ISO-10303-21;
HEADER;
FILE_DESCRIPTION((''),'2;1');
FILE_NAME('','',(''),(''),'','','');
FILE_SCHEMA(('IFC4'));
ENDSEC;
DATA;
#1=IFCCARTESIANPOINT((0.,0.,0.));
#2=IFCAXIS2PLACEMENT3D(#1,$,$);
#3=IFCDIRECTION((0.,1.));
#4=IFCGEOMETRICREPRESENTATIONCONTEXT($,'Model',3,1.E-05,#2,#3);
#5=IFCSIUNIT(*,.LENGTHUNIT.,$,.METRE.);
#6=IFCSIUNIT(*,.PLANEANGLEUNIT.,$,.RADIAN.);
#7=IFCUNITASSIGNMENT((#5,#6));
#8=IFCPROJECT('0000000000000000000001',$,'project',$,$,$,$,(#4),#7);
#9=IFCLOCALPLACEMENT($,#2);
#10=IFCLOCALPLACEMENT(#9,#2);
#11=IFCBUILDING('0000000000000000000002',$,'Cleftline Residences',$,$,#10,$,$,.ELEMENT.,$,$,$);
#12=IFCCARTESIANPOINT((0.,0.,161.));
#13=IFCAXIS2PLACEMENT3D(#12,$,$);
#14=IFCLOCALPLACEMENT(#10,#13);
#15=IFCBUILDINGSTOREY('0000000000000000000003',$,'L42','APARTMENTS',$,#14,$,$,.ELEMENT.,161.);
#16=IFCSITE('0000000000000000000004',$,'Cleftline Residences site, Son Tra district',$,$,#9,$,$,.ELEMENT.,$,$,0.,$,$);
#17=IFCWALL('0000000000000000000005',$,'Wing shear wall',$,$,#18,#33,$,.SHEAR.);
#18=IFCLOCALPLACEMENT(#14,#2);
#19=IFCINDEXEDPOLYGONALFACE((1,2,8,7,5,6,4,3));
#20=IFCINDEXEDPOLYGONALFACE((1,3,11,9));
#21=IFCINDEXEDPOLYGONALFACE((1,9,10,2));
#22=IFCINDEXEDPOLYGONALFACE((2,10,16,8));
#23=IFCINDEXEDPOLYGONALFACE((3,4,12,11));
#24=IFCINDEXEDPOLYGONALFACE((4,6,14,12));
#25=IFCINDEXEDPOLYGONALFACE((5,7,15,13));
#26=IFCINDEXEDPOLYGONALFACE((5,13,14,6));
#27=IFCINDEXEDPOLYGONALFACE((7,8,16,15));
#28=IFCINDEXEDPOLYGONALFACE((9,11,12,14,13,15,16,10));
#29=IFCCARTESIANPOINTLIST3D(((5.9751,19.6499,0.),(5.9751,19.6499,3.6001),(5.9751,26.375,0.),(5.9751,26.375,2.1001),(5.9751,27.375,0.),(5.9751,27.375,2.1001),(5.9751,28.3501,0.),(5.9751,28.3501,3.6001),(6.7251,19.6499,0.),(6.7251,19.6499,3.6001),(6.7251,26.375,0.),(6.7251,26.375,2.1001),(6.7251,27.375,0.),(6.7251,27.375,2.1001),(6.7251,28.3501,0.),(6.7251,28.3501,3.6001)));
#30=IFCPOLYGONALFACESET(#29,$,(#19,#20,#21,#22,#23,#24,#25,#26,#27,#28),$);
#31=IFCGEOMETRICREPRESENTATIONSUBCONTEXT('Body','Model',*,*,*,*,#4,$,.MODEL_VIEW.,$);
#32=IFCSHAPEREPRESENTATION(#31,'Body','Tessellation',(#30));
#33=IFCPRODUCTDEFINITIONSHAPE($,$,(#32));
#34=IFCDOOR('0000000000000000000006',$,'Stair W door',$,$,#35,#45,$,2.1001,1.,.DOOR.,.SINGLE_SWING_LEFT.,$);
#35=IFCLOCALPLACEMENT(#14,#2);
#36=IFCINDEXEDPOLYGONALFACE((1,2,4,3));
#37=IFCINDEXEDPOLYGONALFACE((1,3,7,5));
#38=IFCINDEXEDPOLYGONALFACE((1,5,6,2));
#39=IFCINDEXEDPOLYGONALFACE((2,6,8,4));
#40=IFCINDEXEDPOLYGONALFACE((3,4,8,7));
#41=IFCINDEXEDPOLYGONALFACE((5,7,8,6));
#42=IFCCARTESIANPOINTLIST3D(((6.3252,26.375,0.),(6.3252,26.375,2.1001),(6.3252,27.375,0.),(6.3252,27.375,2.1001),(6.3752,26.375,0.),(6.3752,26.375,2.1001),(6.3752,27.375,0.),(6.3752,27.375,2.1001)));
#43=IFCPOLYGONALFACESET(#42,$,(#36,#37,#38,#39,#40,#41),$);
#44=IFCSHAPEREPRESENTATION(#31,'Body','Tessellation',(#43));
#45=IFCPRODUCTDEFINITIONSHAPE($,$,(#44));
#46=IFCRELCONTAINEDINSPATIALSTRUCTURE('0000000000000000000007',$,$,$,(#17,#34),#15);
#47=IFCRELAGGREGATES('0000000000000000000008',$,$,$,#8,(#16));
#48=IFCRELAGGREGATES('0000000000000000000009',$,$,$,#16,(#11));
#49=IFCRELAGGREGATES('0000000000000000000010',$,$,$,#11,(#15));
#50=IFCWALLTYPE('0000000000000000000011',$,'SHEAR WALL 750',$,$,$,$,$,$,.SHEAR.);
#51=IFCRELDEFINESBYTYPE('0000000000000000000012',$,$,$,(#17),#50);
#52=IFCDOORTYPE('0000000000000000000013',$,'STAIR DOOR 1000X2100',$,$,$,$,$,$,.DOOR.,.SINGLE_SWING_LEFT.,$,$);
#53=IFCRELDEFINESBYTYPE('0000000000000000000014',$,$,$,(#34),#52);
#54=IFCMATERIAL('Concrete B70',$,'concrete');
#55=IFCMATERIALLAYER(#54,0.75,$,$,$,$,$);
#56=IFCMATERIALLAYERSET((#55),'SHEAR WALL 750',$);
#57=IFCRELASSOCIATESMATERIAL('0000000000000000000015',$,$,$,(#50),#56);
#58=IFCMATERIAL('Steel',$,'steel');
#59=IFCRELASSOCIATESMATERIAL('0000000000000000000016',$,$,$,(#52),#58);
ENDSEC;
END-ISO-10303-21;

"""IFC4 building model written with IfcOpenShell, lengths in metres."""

from ifc_helpers import new_model, si_unit, direction, frame, frame_2d, origin, place, context, subcontext, project, spatial, rectangle, extrude, material, layer, layer_set, type_object, element, fill, save


model = new_model("IFC4")

# Units and contexts
model_context = context("Model", 3, precision=1e-05, world=origin(), true_north=direction((0.0, 1.0)))
body_context = subcontext(model_context, "Body", "Model", "MODEL_VIEW")
ifc_project = project(units=[si_unit("LENGTHUNIT", "METRE"), si_unit("PLANEANGLEUNIT", "RADIAN")], contexts=[model_context])

# Site, building, storey
site_placement = place(None, origin())
site = spatial("IfcSite", under=ifc_project, at=site_placement, Name="Cleftline Residences site, Son Tra district", CompositionType="ELEMENT", RefElevation=0.0)
building_placement = place(site_placement, origin())
building = spatial("IfcBuilding", under=site, at=building_placement, Name="Cleftline Residences", CompositionType="ELEMENT")
storey_placement = place(building_placement, frame((0.0, 0.0, 161.0)))
storey = spatial("IfcBuildingStorey", under=building, at=storey_placement, Name="L42", Description="APARTMENTS", CompositionType="ELEMENT", Elevation=161.0)

# Shared definitions
ifc_material_1 = material(Name="Concrete B70", Category="concrete")
ifc_layer_1 = layer(ifc_material_1, 0.75)
ifc_layer_set_1 = layer_set([ifc_layer_1], Name="SHEAR WALL 750")
wall_type_1 = type_object("IfcWallType", Name="SHEAR WALL 750", PredefinedType="SHEAR", material=ifc_layer_set_1)

# Wall, opening, door
wall_1_placement = place(storey_placement, frame((6.3501, 19.6499, 0.0), z_axis=(0.0, 0.0, 1.0), x_axis=(0.0, 1.0, 0.0)))
wall_1 = element("IfcWall", 1, at=wall_1_placement, inside=storey, type_object=wall_type_1, Name="Wing shear wall", PredefinedType="SHEAR", context=body_context, shape_type="SweptSolid", body=[
    extrude(rectangle(XDim=8.7002, YDim=0.75, at=frame_2d((4.3501, 0.0))), origin(), (0.0, 0.0, 1.0), 3.6001),
])
opening_1_placement = place(wall_1_placement, frame((6.7251, 0.0, 0.0)))
opening_1 = element("IfcOpeningElement", 2, at=opening_1_placement, cuts=wall_1, PredefinedType="OPENING", context=body_context, shape_type="SweptSolid", body=[
    extrude(rectangle(XDim=1.0, YDim=2.1001, at=frame_2d((0.5, 1.05))), frame((0.0, 0.385, 0.0), z_axis=(0.0, -1.0, 0.0), x_axis=(1.0, 0.0, 0.0)), (0.0, 0.0, 1.0), 0.77),
])
ifc_material_2 = material(Name="Steel", Category="steel")
door_type_1 = type_object("IfcDoorType", Name="STAIR DOOR 1000X2100", OperationType="SINGLE_SWING_LEFT", PredefinedType="DOOR", material=ifc_material_2)
door_1_placement = place(opening_1_placement, origin())
door_1 = element("IfcDoor", 3, at=door_1_placement, inside=storey, type_object=door_type_1, Name="Stair W door", OperationType="SINGLE_SWING_LEFT", OverallHeight=2.1001, OverallWidth=1.0, PredefinedType="DOOR", context=body_context, shape_type="SweptSolid", body=[
    extrude(rectangle(XDim=1.0, YDim=2.1001, at=frame_2d((0.5, 1.05))), frame((0.0, 0.0249, 0.0), z_axis=(0.0, -1.0, 0.0), x_axis=(1.0, 0.0, 0.0)), (0.0, 0.0, 1.0), 0.05),
])
fill(opening_1, door_1)

save(model, "model.ifc")
